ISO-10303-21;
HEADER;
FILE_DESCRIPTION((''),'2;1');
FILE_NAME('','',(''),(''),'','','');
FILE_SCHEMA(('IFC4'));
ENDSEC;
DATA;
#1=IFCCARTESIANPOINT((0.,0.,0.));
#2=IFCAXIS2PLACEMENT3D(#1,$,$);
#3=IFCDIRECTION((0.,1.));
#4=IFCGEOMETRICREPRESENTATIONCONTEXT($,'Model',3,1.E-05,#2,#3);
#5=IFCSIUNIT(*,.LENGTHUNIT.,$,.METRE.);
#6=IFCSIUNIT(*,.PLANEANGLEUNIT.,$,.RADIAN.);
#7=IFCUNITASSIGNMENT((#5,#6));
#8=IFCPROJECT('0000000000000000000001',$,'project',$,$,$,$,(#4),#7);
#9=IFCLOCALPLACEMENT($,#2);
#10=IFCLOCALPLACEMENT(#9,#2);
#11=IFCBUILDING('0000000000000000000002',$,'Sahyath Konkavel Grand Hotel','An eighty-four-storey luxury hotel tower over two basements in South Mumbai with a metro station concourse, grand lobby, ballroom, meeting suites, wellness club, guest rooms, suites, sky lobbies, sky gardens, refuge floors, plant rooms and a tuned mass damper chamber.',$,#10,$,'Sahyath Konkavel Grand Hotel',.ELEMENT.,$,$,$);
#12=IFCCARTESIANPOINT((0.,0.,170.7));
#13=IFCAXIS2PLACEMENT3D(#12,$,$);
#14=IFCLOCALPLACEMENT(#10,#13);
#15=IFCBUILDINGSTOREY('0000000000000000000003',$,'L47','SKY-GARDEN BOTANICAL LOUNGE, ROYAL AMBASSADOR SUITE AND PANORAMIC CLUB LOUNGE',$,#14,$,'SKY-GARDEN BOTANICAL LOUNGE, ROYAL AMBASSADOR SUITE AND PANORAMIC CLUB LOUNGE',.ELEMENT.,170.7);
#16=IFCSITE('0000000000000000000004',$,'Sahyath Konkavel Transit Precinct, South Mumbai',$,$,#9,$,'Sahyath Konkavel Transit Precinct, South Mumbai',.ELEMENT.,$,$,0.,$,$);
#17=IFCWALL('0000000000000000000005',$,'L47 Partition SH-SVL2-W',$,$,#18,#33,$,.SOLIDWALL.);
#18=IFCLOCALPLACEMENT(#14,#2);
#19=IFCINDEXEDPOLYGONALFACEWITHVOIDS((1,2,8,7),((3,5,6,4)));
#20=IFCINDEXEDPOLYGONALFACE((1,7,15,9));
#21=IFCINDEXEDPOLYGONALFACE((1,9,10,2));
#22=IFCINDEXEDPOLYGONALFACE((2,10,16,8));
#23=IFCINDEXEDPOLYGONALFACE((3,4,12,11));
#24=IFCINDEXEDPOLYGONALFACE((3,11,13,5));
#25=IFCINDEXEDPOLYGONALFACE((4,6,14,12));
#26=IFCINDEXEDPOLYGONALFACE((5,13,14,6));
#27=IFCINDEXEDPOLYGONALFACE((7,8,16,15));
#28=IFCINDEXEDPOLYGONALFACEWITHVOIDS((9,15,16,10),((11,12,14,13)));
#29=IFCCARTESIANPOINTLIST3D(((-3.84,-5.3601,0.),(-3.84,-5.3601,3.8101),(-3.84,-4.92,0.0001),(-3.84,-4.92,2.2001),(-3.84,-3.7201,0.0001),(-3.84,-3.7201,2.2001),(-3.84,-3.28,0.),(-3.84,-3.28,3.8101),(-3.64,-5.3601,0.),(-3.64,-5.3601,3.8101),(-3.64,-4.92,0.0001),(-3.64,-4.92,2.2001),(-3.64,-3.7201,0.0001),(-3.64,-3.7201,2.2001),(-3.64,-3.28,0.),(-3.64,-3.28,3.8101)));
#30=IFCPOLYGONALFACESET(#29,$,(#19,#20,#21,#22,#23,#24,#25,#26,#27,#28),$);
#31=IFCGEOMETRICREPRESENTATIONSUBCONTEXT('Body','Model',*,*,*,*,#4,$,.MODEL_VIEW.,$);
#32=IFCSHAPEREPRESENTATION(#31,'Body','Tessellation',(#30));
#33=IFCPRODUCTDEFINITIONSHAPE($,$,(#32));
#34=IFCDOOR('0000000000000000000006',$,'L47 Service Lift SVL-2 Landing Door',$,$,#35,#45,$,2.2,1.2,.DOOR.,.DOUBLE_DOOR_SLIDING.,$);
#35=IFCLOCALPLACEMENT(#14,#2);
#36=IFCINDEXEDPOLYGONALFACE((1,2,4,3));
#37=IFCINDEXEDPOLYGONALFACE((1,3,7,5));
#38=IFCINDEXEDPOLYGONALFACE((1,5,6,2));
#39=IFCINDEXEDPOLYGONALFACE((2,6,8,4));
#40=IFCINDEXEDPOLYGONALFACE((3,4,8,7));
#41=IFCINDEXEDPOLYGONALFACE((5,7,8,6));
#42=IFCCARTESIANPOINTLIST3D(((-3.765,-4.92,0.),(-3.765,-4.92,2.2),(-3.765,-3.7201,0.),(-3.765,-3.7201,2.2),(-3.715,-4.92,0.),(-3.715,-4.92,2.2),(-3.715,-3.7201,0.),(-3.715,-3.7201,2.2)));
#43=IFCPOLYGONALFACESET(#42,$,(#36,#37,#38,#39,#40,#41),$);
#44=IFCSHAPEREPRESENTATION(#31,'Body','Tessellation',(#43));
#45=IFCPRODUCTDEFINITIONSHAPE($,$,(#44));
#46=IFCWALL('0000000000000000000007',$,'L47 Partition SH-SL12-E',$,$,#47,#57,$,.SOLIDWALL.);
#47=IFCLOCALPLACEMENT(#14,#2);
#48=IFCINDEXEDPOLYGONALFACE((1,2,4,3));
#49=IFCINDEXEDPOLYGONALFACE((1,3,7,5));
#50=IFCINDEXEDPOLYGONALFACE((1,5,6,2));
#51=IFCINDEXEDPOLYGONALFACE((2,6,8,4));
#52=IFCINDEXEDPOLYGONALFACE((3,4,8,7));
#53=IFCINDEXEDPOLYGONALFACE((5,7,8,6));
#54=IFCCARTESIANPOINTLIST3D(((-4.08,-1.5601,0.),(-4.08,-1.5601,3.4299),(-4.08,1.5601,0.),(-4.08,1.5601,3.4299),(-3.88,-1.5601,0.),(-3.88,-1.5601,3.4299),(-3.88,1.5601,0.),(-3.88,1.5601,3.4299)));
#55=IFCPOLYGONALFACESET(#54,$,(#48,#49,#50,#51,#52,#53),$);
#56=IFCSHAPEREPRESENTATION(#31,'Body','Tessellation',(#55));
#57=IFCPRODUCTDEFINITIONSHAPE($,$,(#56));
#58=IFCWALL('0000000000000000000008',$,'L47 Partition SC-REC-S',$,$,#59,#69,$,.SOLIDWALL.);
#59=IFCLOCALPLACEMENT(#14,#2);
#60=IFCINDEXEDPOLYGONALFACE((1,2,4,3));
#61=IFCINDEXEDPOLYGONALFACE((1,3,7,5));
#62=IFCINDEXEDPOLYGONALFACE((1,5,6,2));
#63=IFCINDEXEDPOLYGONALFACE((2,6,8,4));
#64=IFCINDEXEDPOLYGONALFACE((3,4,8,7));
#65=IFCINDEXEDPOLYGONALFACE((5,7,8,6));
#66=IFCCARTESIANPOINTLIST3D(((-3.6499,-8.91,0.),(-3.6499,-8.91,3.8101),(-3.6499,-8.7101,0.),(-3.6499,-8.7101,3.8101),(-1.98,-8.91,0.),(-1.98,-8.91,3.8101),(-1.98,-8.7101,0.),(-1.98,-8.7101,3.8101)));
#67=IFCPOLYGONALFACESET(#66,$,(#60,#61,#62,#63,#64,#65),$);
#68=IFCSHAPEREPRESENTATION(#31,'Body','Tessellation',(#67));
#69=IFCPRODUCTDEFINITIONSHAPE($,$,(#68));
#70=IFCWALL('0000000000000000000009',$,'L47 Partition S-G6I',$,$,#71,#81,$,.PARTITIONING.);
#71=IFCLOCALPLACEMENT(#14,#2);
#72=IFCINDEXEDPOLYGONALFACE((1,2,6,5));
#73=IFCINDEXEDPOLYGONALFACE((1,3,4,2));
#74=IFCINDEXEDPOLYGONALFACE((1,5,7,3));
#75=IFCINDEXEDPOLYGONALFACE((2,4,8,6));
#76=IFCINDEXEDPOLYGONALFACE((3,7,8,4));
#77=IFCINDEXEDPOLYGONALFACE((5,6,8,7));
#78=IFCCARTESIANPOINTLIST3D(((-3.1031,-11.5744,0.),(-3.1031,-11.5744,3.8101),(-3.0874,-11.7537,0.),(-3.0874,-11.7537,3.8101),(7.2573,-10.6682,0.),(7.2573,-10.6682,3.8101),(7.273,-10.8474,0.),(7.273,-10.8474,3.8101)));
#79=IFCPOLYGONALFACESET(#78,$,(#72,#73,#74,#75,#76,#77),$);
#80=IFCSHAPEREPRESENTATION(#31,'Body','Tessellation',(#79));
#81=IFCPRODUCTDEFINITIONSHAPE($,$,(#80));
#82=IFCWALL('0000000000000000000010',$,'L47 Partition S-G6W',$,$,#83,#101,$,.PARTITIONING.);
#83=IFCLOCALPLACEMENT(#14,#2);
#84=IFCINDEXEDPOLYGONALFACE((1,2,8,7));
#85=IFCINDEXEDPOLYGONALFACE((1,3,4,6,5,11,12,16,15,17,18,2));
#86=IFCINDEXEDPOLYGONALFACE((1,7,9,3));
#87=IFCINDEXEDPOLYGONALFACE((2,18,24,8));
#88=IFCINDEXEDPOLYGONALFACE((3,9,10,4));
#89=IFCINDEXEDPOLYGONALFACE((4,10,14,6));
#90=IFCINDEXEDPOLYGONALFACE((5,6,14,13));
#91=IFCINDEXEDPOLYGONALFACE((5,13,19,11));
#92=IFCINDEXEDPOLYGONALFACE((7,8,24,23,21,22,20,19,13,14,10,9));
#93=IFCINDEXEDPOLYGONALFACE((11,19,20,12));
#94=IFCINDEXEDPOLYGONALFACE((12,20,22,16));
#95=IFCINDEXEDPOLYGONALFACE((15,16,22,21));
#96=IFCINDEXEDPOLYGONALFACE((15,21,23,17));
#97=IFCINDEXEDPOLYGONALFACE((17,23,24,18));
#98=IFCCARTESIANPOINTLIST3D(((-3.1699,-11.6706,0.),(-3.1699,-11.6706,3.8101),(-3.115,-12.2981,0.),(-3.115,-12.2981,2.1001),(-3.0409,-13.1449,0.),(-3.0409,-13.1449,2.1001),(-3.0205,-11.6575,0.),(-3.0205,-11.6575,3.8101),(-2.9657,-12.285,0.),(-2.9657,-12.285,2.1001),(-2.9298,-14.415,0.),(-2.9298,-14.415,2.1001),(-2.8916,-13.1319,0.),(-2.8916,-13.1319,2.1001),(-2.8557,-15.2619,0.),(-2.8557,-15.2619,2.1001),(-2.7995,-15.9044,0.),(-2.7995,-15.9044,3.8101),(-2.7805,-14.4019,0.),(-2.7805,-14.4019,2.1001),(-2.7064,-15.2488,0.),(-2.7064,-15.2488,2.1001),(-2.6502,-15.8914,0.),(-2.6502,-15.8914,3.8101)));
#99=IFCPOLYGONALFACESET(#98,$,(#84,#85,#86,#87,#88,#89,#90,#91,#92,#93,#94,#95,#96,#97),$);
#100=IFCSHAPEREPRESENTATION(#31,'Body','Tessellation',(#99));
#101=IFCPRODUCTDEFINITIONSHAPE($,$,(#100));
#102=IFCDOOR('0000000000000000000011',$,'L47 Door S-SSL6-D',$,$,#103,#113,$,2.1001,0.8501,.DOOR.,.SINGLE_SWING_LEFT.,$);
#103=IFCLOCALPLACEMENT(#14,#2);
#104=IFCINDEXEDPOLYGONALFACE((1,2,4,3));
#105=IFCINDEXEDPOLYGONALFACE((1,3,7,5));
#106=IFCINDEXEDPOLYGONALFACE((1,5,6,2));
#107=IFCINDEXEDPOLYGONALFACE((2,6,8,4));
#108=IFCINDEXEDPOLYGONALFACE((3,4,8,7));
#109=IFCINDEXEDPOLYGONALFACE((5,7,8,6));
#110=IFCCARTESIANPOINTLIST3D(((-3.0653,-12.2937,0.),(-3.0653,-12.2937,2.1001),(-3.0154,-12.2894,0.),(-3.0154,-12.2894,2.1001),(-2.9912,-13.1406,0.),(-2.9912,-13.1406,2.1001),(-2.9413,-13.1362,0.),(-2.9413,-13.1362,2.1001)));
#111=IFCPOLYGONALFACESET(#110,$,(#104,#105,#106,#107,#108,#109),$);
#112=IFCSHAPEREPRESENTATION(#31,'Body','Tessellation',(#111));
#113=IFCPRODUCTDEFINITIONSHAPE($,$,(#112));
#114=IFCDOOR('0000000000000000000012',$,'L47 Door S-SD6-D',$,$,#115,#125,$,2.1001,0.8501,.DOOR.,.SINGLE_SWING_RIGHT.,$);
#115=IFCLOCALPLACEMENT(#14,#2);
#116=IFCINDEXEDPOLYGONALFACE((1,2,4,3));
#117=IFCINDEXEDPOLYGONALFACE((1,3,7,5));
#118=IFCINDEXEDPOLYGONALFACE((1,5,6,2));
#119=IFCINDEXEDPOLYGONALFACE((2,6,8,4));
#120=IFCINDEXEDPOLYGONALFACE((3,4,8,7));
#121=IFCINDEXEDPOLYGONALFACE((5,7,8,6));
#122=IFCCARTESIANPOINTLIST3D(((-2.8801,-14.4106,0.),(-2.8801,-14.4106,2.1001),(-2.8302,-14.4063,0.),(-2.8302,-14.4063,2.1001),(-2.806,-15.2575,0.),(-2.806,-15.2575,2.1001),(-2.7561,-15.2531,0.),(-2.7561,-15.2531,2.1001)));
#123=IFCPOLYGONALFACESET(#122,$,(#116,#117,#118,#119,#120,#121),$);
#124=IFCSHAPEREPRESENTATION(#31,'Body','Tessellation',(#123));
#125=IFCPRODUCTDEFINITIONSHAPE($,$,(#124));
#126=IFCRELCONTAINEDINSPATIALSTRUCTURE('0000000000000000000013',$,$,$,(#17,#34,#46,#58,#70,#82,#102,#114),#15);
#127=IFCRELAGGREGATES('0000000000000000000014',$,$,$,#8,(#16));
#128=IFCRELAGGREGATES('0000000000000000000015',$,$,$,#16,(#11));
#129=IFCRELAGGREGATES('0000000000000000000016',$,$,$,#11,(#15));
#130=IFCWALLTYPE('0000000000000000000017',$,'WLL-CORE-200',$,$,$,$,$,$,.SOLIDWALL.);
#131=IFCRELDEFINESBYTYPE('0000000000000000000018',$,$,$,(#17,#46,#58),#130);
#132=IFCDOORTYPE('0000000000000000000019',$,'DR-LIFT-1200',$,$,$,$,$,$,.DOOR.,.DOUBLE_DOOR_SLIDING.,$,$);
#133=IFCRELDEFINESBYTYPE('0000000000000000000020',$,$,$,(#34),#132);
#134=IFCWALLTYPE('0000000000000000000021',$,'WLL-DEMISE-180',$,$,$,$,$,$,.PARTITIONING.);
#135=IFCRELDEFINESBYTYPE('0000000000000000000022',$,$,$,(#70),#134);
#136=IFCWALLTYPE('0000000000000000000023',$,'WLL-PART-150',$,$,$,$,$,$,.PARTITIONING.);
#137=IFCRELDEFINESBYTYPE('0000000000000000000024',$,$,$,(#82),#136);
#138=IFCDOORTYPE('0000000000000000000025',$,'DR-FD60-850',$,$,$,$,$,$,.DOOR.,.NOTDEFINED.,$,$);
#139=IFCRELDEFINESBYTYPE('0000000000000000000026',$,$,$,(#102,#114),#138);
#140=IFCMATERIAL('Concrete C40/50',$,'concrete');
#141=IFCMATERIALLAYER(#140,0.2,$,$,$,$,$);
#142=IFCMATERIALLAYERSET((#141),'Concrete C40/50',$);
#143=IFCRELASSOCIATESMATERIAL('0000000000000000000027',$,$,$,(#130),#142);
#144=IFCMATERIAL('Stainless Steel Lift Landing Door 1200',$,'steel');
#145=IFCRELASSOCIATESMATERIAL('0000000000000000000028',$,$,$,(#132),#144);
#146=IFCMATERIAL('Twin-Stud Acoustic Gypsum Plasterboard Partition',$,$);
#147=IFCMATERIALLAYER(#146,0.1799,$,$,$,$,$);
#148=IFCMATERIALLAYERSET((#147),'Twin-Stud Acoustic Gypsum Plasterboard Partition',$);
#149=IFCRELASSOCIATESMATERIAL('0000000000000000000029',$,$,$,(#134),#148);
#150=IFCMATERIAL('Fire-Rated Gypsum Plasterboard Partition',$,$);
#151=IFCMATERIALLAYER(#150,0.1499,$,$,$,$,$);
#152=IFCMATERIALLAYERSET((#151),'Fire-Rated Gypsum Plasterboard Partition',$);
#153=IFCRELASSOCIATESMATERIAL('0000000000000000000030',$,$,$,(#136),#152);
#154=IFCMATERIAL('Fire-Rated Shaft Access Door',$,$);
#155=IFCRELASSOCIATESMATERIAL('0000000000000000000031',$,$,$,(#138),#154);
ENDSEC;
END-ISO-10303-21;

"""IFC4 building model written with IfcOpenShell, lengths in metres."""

from ifc_helpers import new_model, si_unit, direction, frame, frame_2d, origin, origin_2d, place, context, subcontext, project, spatial, rectangle, extrude, source, transform, mapped, material, layer, layer_set, type_object, element, fill, save


model = new_model("IFC4")

# Units and contexts
model_context = context("Model", 3, precision=1e-05, world=origin(), true_north=direction((0.0, 1.0)))
body_context = subcontext(model_context, "Body", "Model", "MODEL_VIEW")
ifc_project = project(units=[si_unit("LENGTHUNIT", "METRE"), si_unit("PLANEANGLEUNIT", "RADIAN")], contexts=[model_context])

# Site, building, storey
site_placement = place(None, origin())
site = spatial("IfcSite", under=ifc_project, at=site_placement, Name="Sahyath Konkavel Transit Precinct, South Mumbai", LongName="Sahyath Konkavel Transit Precinct, South Mumbai", CompositionType="ELEMENT", RefElevation=0.0)
building_placement = place(site_placement, origin())
building = spatial("IfcBuilding", under=site, at=building_placement, Name="Sahyath Konkavel Grand Hotel", Description="An eighty-four-storey luxury hotel tower over two basements in South Mumbai with a metro station concourse, grand lobby, ballroom, meeting suites, wellness club, guest rooms, suites, sky lobbies, sky gardens, refuge floors, plant rooms and a tuned mass damper chamber.", LongName="Sahyath Konkavel Grand Hotel", CompositionType="ELEMENT")
storey_placement = place(building_placement, frame((0.0, 0.0, 170.7)))
storey = spatial("IfcBuildingStorey", under=building, at=storey_placement, Name="L47", Description="SKY-GARDEN BOTANICAL LOUNGE, ROYAL AMBASSADOR SUITE AND PANORAMIC CLUB LOUNGE", LongName="SKY-GARDEN BOTANICAL LOUNGE, ROYAL AMBASSADOR SUITE AND PANORAMIC CLUB LOUNGE", CompositionType="ELEMENT", Elevation=170.7)

# Shared definitions
ifc_material_1 = material(Name="Concrete C40/50", Category="concrete")
ifc_layer_1 = layer(ifc_material_1, 0.2)
ifc_layer_set_1 = layer_set([ifc_layer_1], Name="Concrete C40/50")
wall_type_1 = type_object("IfcWallType", Name="WLL-CORE-200", PredefinedType="SOLIDWALL", material=ifc_layer_set_1)
shared_shape_1 = source(origin(), body_context, "Body", "SweptSolid", [
    extrude(rectangle(XDim=0.8501, YDim=0.05, at=origin_2d()), origin(), (0.0, 0.0, 1.0), 2.1001),
])

# Wall, opening, door
wall_1_placement = place(storey_placement, frame((-3.74, -5.3601, 0.0), z_axis=(0.0, 0.0, 1.0), x_axis=(0.0, 1.0, 0.0)))
wall_1 = element("IfcWall", 1, at=wall_1_placement, inside=storey, type_object=wall_type_1, Name="L47 Partition SH-SVL2-W", PredefinedType="SOLIDWALL", context=body_context, shape_type="SweptSolid", body=[
    extrude(rectangle(XDim=2.0801, YDim=0.2, at=frame_2d((1.04, 0.0))), origin(), (0.0, 0.0, 1.0), 3.8101),
])
opening_1_placement = place(wall_1_placement, frame((0.4399, 0.0, 0.0)))
opening_1 = element("IfcOpeningElement", 2, at=opening_1_placement, cuts=wall_1, PredefinedType="OPENING", context=body_context, shape_type="SweptSolid", body=[
    extrude(rectangle(XDim=1.2, YDim=2.2, at=frame_2d((0.6001, 1.1001))), frame((0.0, 0.1099, 0.0), z_axis=(0.0, -1.0, 0.0), x_axis=(1.0, 0.0, 0.0)), (0.0, 0.0, 1.0), 0.22),
])
ifc_material_2 = material(Name="Stainless Steel Lift Landing Door 1200", Category="steel")
door_type_1 = type_object("IfcDoorType", Name="DR-LIFT-1200", OperationType="DOUBLE_DOOR_SLIDING", PredefinedType="DOOR", material=ifc_material_2)
shared_shape_2 = source(origin(), body_context, "Body", "SweptSolid", [
    extrude(rectangle(XDim=1.2, YDim=0.05, at=origin_2d()), origin(), (0.0, 0.0, 1.0), 2.2),
])
door_1_placement = place(opening_1_placement, frame((0.6001, 0.0, 0.0)))
door_1 = element("IfcDoor", 3, at=door_1_placement, inside=storey, type_object=door_type_1, Name="L47 Service Lift SVL-2 Landing Door", OperationType="DOUBLE_DOOR_SLIDING", OverallHeight=2.2, OverallWidth=1.2, PredefinedType="DOOR", context=body_context, shape_type="MappedRepresentation", body=[
    mapped(shared_shape_2, transform((0.0, 0.0, 0.0), scale=1.0)),
])
fill(opening_1, door_1)

# Wall
wall_2_placement = place(storey_placement, frame((-3.98, -1.5601, 0.0), z_axis=(0.0, 0.0, 1.0), x_axis=(0.0, 1.0, 0.0)))
element("IfcWall", 4, at=wall_2_placement, inside=storey, type_object=wall_type_1, Name="L47 Partition SH-SL12-E", PredefinedType="SOLIDWALL", context=body_context, shape_type="SweptSolid", body=[
    extrude(rectangle(XDim=3.1201, YDim=0.2, at=frame_2d((1.5601, 0.0))), origin(), (0.0, 0.0, 1.0), 3.4299),
])

# Walls
wall_3_placement = place(storey_placement, frame((-3.6499, -8.8101, 0.0), z_axis=(0.0, 0.0, 1.0), x_axis=(1.0, 0.0, 0.0)))
element("IfcWall", 5, at=wall_3_placement, inside=storey, type_object=wall_type_1, Name="L47 Partition SC-REC-S", PredefinedType="SOLIDWALL", context=body_context, shape_type="SweptSolid", body=[
    extrude(rectangle(XDim=1.6699, YDim=0.2, at=frame_2d((0.835, 0.0))), origin(), (0.0, 0.0, 1.0), 3.8101),
])
ifc_material_3 = material(Name="Twin-Stud Acoustic Gypsum Plasterboard Partition")
ifc_layer_2 = layer(ifc_material_3, 0.1799)
ifc_layer_set_2 = layer_set([ifc_layer_2], Name="Twin-Stud Acoustic Gypsum Plasterboard Partition")
wall_type_2 = type_object("IfcWallType", Name="WLL-DEMISE-180", PredefinedType="PARTITIONING", material=ifc_layer_set_2)
wall_4_placement = place(storey_placement, frame((-3.0952, -11.6641, 0.0), z_axis=(0.0, 0.0, 1.0), x_axis=(0.996196, 0.08714, 0.0)))
element("IfcWall", 6, at=wall_4_placement, inside=storey, type_object=wall_type_2, Name="L47 Partition S-G6I", PredefinedType="PARTITIONING", context=body_context, shape_type="SweptSolid", body=[
    extrude(rectangle(XDim=10.3999, YDim=0.1799, at=frame_2d((5.2, 0.0))), origin(), (0.0, 0.0, 1.0), 3.8101),
])

# Wall, openings, doors
ifc_material_4 = material(Name="Fire-Rated Gypsum Plasterboard Partition")
ifc_layer_3 = layer(ifc_material_4, 0.1499)
ifc_layer_set_3 = layer_set([ifc_layer_3], Name="Fire-Rated Gypsum Plasterboard Partition")
wall_type_3 = type_object("IfcWallType", Name="WLL-PART-150", PredefinedType="PARTITIONING", material=ifc_layer_set_3)
wall_5_placement = place(storey_placement, frame((-3.0952, -11.6641, 0.0), z_axis=(0.0, 0.0, 1.0), x_axis=(0.087143, -0.996196, 0.0)))
wall_5 = element("IfcWall", 7, at=wall_5_placement, inside=storey, type_object=wall_type_3, Name="L47 Partition S-G6W", PredefinedType="PARTITIONING", context=body_context, shape_type="SweptSolid", body=[
    extrude(rectangle(XDim=4.25, YDim=0.1499, at=frame_2d((2.125, 0.0))), origin(), (0.0, 0.0, 1.0), 3.8101),
])
opening_2_placement = place(wall_5_placement, frame((0.6299, 0.0, 0.0)))
opening_2 = element("IfcOpeningElement", 8, at=opening_2_placement, cuts=wall_5, PredefinedType="OPENING", context=body_context, shape_type="SweptSolid", body=[
    extrude(rectangle(XDim=0.8501, YDim=2.1001, at=frame_2d((0.425, 1.05))), frame((0.0, 0.085, 0.0), z_axis=(0.0, -1.0, 0.0), x_axis=(1.0, 0.0, 0.0)), (0.0, 0.0, 1.0), 0.1699),
])
opening_3_placement = place(wall_5_placement, frame((2.7549, 0.0, 0.0)))
opening_3 = element("IfcOpeningElement", 9, at=opening_3_placement, cuts=wall_5, PredefinedType="OPENING", context=body_context, shape_type="SweptSolid", body=[
    extrude(rectangle(XDim=0.8501, YDim=2.1001, at=frame_2d((0.425, 1.05))), frame((0.0, 0.085, 0.0), z_axis=(0.0, -1.0, 0.0), x_axis=(1.0, 0.0, 0.0)), (0.0, 0.0, 1.0), 0.1699),
])
ifc_material_5 = material(Name="Fire-Rated Shaft Access Door")
door_type_2 = type_object("IfcDoorType", Name="DR-FD60-850", OperationType="NOTDEFINED", PredefinedType="DOOR", material=ifc_material_5)
door_2_placement = place(opening_2_placement, frame((0.425, 0.0, 0.0)))
door_2 = element("IfcDoor", 10, at=door_2_placement, inside=storey, type_object=door_type_2, Name="L47 Door S-SSL6-D", OperationType="SINGLE_SWING_LEFT", OverallHeight=2.1001, OverallWidth=0.8501, PredefinedType="DOOR", context=body_context, shape_type="MappedRepresentation", body=[
    mapped(shared_shape_1, transform((0.0, 0.0, 0.0), scale=1.0)),
])
fill(opening_2, door_2)
door_3_placement = place(opening_3_placement, frame((0.425, 0.0, 0.0)))
door_3 = element("IfcDoor", 11, at=door_3_placement, inside=storey, type_object=door_type_2, Name="L47 Door S-SD6-D", OperationType="SINGLE_SWING_RIGHT", OverallHeight=2.1001, OverallWidth=0.8501, PredefinedType="DOOR", context=body_context, shape_type="MappedRepresentation", body=[
    mapped(shared_shape_1, transform((0.0, 0.0, 0.0), scale=1.0)),
])
fill(opening_3, door_3)

save(model, "model.ifc")
